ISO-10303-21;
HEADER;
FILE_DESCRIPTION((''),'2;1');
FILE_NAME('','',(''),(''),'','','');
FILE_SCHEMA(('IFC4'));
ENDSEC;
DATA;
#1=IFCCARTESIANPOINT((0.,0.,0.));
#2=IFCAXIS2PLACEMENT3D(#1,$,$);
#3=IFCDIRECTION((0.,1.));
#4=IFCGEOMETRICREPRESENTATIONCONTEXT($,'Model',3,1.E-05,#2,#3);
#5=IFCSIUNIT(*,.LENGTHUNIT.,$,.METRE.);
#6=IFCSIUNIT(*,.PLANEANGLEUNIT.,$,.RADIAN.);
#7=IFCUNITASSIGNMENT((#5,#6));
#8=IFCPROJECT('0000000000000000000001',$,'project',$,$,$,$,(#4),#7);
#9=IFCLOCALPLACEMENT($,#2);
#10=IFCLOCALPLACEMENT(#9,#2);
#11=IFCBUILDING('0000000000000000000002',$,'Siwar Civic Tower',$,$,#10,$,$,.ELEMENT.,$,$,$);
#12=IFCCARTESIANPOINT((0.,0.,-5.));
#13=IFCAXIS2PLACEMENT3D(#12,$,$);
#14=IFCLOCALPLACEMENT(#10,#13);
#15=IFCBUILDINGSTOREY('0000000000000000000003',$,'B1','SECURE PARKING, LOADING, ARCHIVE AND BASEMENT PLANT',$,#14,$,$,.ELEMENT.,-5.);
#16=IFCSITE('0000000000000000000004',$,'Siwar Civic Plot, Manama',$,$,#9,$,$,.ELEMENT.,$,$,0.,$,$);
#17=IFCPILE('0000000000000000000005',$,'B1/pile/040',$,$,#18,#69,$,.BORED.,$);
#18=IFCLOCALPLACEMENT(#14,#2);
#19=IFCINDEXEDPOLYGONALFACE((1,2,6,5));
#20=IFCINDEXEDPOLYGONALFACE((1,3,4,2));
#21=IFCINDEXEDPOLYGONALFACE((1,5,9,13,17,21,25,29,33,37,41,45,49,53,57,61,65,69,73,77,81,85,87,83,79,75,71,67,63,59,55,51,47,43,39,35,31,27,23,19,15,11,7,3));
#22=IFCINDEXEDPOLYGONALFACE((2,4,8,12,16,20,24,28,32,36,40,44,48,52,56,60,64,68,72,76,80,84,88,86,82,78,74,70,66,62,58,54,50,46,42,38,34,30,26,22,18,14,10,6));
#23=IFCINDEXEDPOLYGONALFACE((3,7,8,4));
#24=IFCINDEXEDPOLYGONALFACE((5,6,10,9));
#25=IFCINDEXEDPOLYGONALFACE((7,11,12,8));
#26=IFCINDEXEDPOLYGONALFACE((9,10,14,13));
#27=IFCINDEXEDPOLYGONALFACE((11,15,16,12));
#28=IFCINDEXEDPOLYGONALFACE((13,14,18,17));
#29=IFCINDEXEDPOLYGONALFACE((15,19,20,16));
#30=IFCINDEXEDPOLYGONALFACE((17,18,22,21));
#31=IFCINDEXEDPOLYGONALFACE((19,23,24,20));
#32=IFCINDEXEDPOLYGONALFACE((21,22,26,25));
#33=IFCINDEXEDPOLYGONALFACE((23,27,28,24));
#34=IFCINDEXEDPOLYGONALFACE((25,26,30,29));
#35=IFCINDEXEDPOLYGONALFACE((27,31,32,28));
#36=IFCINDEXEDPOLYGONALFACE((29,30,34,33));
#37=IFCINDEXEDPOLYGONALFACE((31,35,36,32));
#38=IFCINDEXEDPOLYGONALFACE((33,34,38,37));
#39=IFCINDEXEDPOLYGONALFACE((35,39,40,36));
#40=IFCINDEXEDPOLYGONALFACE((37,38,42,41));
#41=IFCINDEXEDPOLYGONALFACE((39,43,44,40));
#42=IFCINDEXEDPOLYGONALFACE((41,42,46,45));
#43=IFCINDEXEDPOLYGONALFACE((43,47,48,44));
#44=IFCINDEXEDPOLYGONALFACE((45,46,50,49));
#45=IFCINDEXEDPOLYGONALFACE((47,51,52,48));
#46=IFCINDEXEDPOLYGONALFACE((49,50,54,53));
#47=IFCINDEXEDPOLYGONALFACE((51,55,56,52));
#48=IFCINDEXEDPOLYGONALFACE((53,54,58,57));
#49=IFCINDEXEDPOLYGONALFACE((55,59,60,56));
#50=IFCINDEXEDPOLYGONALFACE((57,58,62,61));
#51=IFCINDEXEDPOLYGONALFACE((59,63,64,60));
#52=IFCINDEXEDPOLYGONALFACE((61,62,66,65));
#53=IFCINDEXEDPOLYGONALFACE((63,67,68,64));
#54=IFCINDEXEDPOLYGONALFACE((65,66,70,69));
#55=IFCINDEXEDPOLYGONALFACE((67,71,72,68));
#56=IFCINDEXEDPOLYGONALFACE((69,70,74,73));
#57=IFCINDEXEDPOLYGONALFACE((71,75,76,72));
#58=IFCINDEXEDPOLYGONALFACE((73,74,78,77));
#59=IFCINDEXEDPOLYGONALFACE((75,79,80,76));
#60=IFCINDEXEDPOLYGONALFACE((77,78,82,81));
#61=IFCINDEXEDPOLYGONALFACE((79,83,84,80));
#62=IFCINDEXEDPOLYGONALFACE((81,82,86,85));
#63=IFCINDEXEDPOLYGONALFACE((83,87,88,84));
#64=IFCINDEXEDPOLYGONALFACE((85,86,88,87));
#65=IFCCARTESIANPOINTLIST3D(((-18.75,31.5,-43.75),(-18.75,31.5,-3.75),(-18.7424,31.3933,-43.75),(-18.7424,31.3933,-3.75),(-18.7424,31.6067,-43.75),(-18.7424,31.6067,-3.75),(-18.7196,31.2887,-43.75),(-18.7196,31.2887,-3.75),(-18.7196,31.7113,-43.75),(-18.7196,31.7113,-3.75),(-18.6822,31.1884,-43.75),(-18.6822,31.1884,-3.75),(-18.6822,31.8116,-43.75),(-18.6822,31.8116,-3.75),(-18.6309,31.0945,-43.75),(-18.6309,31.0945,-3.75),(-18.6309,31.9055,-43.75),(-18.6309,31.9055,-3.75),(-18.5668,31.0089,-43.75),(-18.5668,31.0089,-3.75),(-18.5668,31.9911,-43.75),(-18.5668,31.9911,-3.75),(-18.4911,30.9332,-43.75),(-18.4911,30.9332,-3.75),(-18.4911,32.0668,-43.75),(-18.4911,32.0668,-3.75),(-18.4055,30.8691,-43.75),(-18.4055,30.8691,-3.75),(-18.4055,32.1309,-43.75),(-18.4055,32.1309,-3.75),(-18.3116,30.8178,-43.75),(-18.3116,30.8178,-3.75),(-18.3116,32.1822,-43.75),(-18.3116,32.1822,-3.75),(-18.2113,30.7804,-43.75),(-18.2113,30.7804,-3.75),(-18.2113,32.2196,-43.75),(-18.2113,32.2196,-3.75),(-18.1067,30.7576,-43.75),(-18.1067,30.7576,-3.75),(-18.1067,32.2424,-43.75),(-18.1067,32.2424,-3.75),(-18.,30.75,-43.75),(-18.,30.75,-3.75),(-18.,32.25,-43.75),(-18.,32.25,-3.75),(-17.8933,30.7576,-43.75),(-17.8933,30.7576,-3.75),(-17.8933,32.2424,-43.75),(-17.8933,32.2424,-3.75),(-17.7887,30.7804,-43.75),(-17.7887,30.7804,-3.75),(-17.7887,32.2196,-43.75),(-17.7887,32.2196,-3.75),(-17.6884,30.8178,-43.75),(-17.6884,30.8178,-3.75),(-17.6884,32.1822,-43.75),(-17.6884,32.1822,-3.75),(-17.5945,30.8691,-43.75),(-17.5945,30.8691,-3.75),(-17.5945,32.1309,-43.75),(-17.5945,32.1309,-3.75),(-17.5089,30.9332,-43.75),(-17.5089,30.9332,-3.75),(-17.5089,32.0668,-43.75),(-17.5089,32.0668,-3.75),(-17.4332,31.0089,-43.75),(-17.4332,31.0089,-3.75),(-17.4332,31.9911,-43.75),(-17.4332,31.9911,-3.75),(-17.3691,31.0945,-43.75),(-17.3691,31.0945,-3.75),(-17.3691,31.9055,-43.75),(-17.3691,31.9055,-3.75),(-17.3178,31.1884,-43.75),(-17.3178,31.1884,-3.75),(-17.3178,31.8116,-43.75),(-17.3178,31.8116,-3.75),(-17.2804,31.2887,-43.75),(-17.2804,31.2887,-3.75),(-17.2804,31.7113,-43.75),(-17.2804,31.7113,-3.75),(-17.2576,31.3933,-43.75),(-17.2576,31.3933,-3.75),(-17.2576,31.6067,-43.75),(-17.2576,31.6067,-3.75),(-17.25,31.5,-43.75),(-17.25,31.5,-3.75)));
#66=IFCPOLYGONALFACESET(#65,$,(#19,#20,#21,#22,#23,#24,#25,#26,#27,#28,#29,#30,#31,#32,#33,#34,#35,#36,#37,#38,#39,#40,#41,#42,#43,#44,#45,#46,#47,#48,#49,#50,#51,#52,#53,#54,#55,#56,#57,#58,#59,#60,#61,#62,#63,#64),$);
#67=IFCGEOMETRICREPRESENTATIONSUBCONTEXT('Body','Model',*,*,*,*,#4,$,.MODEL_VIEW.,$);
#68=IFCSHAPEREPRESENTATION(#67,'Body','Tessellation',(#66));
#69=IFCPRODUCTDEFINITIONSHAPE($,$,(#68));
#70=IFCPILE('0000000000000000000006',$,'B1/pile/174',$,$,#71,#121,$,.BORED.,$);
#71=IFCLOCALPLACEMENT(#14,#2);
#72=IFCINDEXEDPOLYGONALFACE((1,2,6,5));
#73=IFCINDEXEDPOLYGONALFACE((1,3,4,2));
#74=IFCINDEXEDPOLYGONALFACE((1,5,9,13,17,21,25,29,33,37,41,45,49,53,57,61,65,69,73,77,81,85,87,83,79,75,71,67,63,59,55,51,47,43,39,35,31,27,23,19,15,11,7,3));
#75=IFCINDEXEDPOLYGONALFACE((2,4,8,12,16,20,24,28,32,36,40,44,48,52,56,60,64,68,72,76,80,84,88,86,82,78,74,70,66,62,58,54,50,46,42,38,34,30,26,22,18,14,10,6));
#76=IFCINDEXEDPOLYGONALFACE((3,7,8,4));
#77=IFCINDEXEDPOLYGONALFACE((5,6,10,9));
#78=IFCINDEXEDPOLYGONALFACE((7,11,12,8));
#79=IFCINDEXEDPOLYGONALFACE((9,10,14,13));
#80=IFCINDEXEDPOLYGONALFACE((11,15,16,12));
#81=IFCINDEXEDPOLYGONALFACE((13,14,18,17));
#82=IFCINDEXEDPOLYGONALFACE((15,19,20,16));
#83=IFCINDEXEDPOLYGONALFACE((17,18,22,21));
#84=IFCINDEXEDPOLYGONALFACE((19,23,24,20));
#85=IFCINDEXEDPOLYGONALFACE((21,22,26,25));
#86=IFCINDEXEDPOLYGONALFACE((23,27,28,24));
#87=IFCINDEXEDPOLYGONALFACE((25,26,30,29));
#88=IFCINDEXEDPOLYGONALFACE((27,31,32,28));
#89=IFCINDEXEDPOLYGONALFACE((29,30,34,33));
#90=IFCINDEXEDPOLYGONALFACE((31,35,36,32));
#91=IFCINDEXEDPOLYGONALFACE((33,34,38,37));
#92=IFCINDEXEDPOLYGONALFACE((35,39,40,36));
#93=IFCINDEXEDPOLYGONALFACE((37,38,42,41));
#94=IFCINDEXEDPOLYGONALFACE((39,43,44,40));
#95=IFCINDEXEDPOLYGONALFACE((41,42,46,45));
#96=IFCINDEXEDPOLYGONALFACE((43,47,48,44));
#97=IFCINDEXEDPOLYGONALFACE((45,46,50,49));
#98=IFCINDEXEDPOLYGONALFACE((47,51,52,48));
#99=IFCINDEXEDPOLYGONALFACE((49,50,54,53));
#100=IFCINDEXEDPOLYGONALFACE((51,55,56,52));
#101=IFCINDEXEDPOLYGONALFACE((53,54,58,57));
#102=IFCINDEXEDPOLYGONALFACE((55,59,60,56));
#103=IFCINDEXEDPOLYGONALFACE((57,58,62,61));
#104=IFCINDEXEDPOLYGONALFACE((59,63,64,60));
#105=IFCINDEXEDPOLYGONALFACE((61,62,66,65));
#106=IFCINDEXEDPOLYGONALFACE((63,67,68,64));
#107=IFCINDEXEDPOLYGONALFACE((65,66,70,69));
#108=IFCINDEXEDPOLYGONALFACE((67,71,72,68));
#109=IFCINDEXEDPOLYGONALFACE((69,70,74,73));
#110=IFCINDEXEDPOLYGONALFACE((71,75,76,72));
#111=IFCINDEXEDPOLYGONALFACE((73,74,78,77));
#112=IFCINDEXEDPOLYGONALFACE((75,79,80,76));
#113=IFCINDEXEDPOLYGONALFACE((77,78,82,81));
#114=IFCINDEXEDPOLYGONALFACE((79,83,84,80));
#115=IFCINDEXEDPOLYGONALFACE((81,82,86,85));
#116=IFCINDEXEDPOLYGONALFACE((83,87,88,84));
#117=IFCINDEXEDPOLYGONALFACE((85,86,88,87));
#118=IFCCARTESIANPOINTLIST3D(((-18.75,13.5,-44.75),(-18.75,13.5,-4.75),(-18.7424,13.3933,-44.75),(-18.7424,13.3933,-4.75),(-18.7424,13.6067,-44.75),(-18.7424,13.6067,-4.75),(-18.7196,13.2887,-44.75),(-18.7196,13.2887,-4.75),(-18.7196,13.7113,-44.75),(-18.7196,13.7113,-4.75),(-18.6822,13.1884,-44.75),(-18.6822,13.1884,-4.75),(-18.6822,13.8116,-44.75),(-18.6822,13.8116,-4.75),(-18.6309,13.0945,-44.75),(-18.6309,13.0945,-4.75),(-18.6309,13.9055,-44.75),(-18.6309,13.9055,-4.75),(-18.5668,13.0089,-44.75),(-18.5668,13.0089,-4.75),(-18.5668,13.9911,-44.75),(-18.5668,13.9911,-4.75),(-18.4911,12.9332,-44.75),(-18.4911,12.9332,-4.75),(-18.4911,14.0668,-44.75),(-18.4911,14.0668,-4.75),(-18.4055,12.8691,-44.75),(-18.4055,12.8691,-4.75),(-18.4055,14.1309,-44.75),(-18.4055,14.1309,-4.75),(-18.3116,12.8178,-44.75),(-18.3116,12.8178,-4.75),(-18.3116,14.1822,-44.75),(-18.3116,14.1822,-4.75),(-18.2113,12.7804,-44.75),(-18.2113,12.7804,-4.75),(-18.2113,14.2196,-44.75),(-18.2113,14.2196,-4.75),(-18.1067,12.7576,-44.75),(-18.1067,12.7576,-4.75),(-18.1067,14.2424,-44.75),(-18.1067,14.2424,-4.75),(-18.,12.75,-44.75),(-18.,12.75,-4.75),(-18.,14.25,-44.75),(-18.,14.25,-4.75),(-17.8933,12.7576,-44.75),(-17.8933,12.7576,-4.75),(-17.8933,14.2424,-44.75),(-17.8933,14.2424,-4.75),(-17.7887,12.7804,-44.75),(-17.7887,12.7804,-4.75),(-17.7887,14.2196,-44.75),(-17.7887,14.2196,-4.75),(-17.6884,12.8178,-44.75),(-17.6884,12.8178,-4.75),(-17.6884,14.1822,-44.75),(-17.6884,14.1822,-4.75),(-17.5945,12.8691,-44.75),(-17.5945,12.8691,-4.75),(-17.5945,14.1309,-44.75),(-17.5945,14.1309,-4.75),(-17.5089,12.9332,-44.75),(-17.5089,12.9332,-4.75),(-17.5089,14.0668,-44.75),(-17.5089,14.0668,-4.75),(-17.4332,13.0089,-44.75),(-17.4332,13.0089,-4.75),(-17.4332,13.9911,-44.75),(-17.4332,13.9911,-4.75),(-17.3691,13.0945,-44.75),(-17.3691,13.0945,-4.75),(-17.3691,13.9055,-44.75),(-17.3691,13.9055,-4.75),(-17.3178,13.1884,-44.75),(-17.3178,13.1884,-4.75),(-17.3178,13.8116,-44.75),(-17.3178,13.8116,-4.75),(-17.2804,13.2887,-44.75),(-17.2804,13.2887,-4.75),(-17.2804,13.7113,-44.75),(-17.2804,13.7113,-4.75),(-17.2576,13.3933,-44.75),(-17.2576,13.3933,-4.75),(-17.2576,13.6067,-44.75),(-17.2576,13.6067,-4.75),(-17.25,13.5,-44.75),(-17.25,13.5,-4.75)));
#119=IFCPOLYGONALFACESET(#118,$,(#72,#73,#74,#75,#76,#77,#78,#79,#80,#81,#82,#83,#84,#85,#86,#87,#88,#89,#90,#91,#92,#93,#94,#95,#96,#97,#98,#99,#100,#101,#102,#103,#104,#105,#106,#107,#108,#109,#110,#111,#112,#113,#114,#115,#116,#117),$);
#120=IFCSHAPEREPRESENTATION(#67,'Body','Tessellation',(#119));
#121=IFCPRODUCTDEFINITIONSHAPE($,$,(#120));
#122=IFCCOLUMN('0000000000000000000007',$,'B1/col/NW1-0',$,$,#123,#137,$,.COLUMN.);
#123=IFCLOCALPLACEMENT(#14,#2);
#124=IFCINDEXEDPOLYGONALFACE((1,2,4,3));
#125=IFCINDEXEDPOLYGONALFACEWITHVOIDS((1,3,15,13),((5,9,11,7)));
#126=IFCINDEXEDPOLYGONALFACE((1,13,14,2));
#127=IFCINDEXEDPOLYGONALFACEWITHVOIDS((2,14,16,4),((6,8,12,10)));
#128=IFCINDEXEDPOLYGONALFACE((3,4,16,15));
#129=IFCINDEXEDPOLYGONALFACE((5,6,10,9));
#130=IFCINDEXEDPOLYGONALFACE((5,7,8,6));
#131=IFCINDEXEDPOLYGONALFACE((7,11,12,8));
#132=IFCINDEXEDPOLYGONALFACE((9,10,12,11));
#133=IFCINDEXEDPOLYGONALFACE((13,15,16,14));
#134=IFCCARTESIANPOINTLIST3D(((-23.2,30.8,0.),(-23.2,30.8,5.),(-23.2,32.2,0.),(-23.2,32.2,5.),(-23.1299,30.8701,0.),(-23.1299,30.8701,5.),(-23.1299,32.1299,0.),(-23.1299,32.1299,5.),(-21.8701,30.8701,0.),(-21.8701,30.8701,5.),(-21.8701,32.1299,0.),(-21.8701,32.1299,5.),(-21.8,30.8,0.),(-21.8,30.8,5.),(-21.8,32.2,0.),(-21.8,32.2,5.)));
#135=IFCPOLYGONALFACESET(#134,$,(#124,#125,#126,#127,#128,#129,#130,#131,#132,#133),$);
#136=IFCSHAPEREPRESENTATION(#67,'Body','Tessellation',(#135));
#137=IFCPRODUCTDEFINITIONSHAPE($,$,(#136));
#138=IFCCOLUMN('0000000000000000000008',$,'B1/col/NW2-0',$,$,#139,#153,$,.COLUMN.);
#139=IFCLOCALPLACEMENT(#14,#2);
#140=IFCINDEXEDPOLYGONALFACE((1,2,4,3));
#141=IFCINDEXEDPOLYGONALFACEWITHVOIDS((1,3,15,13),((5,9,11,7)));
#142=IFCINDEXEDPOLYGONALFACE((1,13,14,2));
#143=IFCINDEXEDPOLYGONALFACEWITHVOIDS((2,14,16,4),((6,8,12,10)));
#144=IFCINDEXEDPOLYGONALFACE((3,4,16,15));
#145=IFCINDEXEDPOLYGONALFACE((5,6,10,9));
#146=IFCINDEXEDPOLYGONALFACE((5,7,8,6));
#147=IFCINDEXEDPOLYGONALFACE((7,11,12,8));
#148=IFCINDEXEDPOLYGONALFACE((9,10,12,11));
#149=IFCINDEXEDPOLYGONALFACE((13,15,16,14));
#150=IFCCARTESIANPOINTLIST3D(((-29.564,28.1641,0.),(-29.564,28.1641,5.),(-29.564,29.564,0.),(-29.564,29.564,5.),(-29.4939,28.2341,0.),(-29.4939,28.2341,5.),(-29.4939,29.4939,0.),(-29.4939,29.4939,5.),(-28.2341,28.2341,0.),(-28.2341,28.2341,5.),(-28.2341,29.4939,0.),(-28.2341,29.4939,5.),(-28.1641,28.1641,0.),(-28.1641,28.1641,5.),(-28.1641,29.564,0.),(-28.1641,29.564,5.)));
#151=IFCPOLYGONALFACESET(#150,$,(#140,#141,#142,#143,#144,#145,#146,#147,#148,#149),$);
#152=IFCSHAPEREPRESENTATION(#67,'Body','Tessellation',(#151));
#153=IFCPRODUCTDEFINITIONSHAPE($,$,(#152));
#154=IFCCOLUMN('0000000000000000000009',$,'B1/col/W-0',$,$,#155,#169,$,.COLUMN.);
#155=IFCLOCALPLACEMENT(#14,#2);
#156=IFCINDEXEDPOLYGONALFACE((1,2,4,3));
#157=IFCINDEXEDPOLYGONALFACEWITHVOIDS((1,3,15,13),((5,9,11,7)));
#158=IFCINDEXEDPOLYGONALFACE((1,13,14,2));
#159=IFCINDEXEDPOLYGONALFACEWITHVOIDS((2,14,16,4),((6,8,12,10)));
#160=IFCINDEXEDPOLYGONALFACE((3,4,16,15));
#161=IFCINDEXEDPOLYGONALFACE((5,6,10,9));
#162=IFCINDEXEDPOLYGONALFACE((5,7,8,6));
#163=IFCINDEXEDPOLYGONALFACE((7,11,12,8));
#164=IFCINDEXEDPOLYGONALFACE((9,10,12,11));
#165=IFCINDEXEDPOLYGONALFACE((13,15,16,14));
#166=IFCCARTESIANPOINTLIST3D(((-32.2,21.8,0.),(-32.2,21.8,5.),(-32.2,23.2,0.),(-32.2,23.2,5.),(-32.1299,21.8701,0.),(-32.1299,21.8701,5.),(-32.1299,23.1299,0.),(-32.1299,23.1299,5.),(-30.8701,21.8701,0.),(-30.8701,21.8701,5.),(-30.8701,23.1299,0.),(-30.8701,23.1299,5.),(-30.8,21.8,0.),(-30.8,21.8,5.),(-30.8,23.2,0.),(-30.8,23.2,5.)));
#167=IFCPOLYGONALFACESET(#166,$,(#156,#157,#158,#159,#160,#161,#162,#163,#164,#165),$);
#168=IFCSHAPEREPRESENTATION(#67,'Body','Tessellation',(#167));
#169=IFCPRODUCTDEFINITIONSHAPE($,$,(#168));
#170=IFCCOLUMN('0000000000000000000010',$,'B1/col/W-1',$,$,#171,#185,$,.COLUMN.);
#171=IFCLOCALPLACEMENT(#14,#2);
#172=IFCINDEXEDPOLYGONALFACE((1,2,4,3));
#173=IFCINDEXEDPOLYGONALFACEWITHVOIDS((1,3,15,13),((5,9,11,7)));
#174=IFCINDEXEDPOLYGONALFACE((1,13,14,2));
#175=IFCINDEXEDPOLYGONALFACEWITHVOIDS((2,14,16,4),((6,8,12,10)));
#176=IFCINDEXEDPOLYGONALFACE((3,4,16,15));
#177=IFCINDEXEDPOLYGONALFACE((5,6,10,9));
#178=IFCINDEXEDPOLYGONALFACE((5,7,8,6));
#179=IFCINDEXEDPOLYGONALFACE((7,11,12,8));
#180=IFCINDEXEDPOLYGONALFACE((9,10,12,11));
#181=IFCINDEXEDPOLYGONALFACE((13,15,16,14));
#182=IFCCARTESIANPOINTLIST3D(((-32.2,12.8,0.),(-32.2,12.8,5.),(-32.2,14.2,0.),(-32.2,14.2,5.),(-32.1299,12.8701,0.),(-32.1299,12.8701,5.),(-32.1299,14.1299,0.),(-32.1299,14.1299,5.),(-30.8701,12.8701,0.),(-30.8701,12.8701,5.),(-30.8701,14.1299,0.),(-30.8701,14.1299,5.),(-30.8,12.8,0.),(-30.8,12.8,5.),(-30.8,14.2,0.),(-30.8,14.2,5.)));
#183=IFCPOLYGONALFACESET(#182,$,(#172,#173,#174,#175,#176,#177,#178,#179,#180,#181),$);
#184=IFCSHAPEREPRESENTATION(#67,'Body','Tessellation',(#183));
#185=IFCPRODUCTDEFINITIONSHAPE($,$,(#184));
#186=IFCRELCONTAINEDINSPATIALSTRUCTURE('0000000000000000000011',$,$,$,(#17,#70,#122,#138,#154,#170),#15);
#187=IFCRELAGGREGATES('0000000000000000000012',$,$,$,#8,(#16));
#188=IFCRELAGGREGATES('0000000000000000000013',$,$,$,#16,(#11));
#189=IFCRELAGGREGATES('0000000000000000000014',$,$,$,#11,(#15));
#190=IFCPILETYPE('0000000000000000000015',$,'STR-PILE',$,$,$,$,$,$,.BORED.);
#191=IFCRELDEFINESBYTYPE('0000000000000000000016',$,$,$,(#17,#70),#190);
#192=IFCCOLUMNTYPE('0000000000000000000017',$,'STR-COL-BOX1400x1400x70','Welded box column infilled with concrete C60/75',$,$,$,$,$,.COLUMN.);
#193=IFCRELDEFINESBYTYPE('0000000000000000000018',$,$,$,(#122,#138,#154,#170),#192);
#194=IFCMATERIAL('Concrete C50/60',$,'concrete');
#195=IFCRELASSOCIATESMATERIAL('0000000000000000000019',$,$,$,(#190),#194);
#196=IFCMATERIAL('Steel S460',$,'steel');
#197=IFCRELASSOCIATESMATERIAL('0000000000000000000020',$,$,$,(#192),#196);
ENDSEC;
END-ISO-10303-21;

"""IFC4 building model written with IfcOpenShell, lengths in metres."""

from ifc_helpers import new_model, si_unit, direction, frame, origin, origin_2d, place, context, subcontext, project, spatial, hollow_rectangle, circle, extrude, material, material_profile, profile_set, type_object, element, save


model = new_model("IFC4")

# Units and contexts
model_context = context("Model", 3, precision=1e-05, world=origin(), true_north=direction((0.0, 1.0)))
body_context = subcontext(model_context, "Body", "Model", "MODEL_VIEW")
ifc_project = project(units=[si_unit("LENGTHUNIT", "METRE"), si_unit("PLANEANGLEUNIT", "RADIAN")], contexts=[model_context])

# Site, building, storey
site_placement = place(None, origin())
site = spatial("IfcSite", under=ifc_project, at=site_placement, Name="Siwar Civic Plot, Manama", CompositionType="ELEMENT", RefElevation=0.0)
building_placement = place(site_placement, origin())
building = spatial("IfcBuilding", under=site, at=building_placement, Name="Siwar Civic Tower", CompositionType="ELEMENT")
storey_placement = place(building_placement, frame((0.0, 0.0, -5.0)))
storey = spatial("IfcBuildingStorey", under=building, at=storey_placement, Name="B1", Description="SECURE PARKING, LOADING, ARCHIVE AND BASEMENT PLANT", CompositionType="ELEMENT", Elevation=-5.0)

# Piles
ifc_material_1 = material(Name="Concrete C50/60", Category="concrete")
ifc_material_profile_1 = material_profile(ifc_material_1, circle(Radius=0.75, at=origin_2d()), Name="PILE1500")
ifc_profile_set_1 = profile_set([ifc_material_profile_1], Name="Concrete C50/60")
pile_type = type_object("IfcPileType", Name="STR-PILE", PredefinedType="BORED", material=ifc_profile_set_1)
for number, where, z_axis, x_axis, name in (
    (1, (-18.0, 31.5, -3.75), (0.0, 0.0, -1.0), (1.0, 0.0, 0.0), "B1/pile/040"),
    (2, (-18.0, 13.5, -4.75), (0.0, 0.0, -1.0), (1.0, 0.0, 0.0), "B1/pile/174"),
):
    element("IfcPile", number, at=place(storey_placement, frame(where, z_axis=z_axis, x_axis=x_axis)), inside=storey, type_object=pile_type, Name=name, PredefinedType="BORED", context=body_context, shape_type="SweptSolid", body=[
        extrude(circle(Radius=0.75, at=origin_2d()), origin(), (0.0, 0.0, 1.0), 40.0),
    ])

# Columns
ifc_material_2 = material(Name="Steel S460", Category="steel")
ifc_material_profile_2 = material_profile(ifc_material_2, hollow_rectangle(XDim=1.3999, YDim=1.3999, WallThickness=0.0701, at=origin_2d()), Name="BOX1400x1400x70")
ifc_profile_set_2 = profile_set([ifc_material_profile_2], Name="Steel S460")
column_type = type_object("IfcColumnType", Name="STR-COL-BOX1400x1400x70", Description="Welded box column infilled with concrete C60/75", PredefinedType="COLUMN", material=ifc_profile_set_2)
for number, where, z_axis, x_axis, name in (
    (3, (-22.5, 31.5, 0.0), (0.0, 0.0, 1.0), (1.0, 0.0, 0.0), "B1/col/NW1-0"),
    (4, (-28.864, 28.864, 0.0), (0.0, 0.0, 1.0), (1.0, 0.0, 0.0), "B1/col/NW2-0"),
    (5, (-31.5, 22.5, 0.0), (0.0, 0.0, 1.0), (1.0, 0.0, 0.0), "B1/col/W-0"),
    (6, (-31.5, 13.5, 0.0), (0.0, 0.0, 1.0), (1.0, 0.0, 0.0), "B1/col/W-1"),
):
    element("IfcColumn", number, at=place(storey_placement, frame(where, z_axis=z_axis, x_axis=x_axis)), inside=storey, type_object=column_type, Name=name, PredefinedType="COLUMN", context=body_context, shape_type="SweptSolid", body=[
        extrude(hollow_rectangle(XDim=1.3999, YDim=1.3999, WallThickness=0.0701, at=origin_2d()), origin(), (0.0, 0.0, 1.0), 5.0),
    ])

save(model, "model.ifc")
